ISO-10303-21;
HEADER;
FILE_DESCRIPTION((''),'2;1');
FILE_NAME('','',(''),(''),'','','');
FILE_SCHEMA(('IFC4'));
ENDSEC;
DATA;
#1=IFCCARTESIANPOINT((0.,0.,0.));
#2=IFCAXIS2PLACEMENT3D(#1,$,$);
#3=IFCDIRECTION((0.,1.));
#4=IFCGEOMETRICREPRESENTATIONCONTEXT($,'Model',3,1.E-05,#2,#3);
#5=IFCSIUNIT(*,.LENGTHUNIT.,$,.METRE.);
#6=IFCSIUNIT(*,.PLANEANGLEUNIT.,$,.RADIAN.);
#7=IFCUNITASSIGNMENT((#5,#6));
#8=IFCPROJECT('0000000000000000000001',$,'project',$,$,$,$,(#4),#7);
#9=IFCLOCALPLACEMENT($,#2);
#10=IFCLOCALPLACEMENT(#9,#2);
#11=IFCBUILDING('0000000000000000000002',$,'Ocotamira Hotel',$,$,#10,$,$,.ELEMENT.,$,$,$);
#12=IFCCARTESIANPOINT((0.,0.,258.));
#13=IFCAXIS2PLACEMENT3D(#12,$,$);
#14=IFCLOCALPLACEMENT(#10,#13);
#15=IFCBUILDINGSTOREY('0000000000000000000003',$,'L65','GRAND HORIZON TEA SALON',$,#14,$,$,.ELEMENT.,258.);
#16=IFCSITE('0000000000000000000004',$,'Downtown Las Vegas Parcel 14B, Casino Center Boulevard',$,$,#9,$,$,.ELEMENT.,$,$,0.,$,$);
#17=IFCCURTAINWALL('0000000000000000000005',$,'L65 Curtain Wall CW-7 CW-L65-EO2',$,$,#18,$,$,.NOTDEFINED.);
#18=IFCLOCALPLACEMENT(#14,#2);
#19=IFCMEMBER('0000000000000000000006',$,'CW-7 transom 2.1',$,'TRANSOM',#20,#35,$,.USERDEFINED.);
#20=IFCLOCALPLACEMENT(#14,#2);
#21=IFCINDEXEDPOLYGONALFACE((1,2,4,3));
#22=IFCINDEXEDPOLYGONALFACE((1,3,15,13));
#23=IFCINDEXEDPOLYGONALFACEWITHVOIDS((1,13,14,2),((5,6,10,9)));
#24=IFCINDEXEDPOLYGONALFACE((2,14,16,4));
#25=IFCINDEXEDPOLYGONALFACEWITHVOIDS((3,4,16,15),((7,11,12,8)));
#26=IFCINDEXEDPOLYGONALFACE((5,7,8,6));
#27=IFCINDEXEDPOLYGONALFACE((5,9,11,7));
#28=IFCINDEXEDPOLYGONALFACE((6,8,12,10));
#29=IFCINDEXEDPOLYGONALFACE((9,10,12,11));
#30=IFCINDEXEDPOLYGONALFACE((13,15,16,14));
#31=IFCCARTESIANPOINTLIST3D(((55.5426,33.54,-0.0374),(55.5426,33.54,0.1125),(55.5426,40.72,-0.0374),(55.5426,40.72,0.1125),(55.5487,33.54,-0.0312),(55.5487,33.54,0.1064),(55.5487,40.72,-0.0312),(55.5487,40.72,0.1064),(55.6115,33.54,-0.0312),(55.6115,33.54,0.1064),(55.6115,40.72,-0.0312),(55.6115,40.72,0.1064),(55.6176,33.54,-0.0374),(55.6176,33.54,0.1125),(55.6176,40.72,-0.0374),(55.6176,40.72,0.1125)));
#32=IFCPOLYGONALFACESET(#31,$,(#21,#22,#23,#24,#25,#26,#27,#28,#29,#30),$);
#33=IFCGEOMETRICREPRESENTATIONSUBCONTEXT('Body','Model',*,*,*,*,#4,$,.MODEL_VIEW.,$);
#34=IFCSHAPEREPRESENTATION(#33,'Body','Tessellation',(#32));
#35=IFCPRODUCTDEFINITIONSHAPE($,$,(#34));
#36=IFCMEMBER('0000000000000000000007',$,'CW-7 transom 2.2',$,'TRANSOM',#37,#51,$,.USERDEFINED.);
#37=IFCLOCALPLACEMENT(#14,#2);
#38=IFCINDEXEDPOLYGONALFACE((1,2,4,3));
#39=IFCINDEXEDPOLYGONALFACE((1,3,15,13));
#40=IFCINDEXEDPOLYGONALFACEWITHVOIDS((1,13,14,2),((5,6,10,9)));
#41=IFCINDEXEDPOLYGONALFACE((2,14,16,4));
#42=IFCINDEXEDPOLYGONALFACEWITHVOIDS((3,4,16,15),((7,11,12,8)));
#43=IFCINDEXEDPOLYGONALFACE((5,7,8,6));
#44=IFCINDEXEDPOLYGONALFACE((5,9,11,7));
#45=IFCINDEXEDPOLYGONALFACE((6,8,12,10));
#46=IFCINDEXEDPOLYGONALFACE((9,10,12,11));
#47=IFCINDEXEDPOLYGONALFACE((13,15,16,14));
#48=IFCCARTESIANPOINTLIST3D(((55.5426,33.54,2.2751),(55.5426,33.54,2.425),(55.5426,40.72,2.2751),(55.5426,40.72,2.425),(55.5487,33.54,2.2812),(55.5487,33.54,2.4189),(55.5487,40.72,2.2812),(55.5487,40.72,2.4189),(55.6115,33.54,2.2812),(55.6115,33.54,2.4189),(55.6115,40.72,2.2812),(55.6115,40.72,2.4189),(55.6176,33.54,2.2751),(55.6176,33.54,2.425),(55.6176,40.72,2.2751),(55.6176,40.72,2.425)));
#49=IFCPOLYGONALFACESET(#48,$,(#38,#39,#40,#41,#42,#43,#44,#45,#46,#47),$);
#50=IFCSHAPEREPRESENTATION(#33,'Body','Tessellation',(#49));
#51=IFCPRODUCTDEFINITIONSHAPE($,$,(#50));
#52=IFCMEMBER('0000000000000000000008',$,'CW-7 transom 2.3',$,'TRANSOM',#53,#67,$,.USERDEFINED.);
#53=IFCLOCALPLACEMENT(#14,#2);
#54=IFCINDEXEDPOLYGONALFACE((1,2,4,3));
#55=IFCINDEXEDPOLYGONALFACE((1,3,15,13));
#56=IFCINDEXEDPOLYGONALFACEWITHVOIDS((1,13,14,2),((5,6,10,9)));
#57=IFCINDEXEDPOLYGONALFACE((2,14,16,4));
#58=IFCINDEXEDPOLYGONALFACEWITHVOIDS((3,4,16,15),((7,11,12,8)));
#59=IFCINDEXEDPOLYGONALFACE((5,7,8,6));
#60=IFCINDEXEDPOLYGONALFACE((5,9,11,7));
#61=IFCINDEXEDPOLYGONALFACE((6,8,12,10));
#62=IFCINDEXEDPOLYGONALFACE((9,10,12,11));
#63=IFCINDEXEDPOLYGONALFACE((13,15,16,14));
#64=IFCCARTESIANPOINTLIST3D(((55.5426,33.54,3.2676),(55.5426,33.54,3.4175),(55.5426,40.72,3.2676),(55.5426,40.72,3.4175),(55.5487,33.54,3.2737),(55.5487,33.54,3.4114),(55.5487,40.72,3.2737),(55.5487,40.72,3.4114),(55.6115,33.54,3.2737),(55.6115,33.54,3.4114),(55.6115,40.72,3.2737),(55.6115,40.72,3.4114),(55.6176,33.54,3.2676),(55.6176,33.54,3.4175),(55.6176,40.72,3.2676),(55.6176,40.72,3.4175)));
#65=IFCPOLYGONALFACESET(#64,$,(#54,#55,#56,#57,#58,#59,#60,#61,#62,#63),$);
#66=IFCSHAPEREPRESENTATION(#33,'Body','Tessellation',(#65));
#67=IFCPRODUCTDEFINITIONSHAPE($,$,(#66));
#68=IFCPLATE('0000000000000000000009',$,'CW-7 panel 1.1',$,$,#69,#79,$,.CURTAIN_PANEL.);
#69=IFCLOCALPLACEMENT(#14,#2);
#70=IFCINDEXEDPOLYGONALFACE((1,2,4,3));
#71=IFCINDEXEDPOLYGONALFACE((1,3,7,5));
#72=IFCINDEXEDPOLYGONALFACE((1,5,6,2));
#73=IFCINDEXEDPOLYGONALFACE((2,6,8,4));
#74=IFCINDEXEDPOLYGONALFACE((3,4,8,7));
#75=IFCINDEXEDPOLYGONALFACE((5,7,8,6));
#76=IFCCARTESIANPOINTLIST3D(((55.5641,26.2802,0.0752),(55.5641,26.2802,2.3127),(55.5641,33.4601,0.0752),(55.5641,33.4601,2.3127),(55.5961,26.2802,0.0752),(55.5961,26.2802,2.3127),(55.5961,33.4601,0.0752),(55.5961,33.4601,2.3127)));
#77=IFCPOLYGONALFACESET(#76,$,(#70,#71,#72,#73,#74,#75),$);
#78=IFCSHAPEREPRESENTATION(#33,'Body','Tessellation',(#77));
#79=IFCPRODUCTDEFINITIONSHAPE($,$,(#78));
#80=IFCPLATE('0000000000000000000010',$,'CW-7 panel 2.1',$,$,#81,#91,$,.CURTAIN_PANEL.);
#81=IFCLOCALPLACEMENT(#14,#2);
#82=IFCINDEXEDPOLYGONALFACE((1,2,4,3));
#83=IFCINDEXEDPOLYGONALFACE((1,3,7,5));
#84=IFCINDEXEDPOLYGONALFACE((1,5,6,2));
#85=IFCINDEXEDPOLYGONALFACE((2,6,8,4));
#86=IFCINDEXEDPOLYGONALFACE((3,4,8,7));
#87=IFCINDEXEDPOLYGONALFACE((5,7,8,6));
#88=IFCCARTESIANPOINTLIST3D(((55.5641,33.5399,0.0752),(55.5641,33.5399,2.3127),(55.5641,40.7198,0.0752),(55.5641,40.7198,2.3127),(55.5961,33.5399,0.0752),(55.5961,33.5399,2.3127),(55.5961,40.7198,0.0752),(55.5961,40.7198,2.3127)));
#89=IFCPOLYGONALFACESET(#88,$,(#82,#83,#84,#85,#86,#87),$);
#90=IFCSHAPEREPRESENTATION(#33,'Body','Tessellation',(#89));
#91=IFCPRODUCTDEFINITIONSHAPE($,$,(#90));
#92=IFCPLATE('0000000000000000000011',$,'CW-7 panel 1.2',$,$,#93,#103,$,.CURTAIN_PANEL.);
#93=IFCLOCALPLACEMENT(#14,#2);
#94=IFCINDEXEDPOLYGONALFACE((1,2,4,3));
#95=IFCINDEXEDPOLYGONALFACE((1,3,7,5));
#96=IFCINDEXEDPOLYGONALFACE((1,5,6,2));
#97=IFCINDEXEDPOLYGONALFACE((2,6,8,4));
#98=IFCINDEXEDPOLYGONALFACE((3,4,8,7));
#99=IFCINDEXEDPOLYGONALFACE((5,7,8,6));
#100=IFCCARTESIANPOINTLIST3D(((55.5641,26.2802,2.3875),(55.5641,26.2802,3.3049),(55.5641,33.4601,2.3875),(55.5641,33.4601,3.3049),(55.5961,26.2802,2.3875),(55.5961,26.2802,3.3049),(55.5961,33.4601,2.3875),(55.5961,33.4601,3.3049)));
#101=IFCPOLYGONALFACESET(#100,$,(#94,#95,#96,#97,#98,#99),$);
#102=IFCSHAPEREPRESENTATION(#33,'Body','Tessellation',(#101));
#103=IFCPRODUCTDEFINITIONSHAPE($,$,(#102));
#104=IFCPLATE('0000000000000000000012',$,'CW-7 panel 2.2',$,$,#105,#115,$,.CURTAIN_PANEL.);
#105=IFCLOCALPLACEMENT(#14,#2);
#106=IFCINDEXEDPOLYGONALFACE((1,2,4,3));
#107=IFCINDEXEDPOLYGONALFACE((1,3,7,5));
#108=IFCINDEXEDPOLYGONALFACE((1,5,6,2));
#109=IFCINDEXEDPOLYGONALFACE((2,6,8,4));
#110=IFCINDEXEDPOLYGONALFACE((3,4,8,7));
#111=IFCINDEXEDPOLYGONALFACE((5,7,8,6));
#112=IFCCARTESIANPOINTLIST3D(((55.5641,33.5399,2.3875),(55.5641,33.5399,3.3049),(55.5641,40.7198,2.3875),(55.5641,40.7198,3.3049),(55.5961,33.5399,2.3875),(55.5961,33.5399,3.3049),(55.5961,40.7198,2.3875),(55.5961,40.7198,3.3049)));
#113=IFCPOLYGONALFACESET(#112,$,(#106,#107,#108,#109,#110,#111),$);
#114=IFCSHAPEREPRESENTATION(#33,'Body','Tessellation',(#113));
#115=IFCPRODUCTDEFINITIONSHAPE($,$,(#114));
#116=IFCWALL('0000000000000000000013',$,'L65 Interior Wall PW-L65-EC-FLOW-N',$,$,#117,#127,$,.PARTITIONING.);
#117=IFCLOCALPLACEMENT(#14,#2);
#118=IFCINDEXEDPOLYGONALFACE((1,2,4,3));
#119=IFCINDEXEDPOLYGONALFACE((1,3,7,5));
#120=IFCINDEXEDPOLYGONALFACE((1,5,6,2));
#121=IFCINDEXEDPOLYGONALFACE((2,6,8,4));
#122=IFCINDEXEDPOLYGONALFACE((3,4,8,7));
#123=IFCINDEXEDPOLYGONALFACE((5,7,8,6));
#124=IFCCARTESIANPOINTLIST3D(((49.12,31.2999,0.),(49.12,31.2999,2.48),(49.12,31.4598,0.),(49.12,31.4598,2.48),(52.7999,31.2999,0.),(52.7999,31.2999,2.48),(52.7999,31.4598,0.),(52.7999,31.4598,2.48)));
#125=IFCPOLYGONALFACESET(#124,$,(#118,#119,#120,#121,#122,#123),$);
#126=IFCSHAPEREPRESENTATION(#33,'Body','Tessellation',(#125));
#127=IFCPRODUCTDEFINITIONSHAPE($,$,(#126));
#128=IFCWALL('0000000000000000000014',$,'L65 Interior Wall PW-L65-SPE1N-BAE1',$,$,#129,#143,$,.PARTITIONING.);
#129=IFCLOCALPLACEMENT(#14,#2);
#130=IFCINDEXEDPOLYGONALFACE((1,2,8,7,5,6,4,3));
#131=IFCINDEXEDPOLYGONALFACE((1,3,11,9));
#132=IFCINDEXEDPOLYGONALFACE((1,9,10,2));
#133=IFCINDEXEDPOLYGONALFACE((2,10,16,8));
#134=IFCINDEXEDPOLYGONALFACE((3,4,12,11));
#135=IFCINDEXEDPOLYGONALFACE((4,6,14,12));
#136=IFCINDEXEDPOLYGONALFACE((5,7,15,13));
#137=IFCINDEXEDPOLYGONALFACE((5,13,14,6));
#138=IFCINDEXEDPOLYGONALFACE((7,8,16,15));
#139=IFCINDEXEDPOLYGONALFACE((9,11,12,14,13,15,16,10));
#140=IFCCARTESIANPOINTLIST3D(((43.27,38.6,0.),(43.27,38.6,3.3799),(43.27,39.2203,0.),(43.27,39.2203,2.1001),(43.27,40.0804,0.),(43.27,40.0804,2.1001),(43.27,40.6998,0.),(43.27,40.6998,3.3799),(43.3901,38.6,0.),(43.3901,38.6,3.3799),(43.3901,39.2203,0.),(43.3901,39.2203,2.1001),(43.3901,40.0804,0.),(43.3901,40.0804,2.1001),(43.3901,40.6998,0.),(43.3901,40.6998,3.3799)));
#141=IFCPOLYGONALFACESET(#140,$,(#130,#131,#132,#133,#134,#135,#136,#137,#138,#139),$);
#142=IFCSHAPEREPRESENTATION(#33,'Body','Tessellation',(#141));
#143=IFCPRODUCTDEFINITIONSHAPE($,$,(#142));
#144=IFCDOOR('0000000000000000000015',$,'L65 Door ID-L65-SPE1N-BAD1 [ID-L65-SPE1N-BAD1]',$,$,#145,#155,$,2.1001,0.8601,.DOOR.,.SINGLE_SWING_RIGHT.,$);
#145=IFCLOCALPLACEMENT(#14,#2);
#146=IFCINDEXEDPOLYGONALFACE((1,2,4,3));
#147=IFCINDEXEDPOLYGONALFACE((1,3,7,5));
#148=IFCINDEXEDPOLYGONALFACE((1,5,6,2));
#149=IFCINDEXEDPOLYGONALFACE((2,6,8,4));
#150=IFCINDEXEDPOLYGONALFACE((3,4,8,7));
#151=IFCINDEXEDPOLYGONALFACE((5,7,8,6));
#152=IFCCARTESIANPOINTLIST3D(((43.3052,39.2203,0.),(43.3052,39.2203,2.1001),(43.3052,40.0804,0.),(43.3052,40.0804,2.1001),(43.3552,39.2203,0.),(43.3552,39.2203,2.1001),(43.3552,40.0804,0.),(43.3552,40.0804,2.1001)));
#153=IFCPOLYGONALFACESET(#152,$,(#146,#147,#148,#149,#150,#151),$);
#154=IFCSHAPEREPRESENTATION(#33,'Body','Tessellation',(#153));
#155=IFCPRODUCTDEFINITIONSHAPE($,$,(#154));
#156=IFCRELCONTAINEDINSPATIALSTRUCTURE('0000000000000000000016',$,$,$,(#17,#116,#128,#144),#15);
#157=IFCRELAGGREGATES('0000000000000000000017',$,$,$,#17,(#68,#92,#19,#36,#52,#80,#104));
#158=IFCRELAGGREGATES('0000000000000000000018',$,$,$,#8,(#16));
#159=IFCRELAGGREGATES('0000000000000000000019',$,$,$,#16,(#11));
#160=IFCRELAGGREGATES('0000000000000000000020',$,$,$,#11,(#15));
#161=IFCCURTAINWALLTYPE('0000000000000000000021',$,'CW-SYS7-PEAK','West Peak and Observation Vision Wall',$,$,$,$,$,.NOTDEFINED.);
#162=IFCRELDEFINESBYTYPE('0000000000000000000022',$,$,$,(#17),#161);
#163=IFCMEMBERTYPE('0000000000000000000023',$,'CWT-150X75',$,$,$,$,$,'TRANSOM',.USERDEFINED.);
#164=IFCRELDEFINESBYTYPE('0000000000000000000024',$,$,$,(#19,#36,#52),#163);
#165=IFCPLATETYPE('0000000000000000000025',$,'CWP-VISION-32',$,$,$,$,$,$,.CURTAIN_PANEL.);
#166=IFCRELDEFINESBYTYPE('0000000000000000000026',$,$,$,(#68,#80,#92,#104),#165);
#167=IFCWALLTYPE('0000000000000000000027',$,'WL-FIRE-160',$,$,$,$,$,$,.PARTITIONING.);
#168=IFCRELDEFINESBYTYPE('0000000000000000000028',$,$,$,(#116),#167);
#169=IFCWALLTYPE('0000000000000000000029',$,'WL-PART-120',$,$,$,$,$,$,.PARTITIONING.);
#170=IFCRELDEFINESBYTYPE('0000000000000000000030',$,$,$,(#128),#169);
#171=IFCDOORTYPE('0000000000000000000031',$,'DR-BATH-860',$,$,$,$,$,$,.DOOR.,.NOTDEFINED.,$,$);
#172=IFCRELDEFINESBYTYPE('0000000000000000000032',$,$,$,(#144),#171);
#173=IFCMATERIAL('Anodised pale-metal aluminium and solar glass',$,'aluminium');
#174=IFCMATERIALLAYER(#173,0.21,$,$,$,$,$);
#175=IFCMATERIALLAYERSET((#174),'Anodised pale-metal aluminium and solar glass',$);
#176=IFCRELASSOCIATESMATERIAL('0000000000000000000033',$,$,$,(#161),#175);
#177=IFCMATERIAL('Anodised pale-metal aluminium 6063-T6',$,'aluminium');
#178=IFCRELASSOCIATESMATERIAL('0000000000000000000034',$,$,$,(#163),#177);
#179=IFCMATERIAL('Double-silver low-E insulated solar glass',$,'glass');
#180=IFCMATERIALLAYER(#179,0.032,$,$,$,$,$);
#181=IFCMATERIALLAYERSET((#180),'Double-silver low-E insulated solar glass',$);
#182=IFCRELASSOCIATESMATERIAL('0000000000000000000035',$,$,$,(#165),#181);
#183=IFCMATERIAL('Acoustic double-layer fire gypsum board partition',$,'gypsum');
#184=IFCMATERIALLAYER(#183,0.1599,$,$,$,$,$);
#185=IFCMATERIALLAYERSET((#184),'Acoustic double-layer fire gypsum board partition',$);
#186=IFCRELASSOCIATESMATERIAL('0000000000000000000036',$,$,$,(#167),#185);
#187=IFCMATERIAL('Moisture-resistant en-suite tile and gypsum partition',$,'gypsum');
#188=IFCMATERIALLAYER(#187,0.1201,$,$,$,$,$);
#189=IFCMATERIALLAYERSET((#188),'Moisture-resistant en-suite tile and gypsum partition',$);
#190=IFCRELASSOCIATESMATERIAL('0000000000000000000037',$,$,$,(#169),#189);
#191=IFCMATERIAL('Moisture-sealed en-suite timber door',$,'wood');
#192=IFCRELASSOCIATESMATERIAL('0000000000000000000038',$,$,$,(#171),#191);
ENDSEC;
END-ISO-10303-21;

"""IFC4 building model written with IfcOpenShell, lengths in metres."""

from ifc_helpers import new_model, si_unit, direction, frame, frame_2d, origin, origin_2d, place, context, subcontext, project, spatial, rectangle, hollow_rectangle, extrude, source, transform, mapped, material, layer, layer_set, material_profile, profile_set, type_object, element, fill, aggregate, save


model = new_model("IFC4")

# Units and contexts
model_context = context("Model", 3, precision=1e-05, world=origin(), true_north=direction((0.0, 1.0)))
body_context = subcontext(model_context, "Body", "Model", "MODEL_VIEW")
ifc_project = project(units=[si_unit("LENGTHUNIT", "METRE"), si_unit("PLANEANGLEUNIT", "RADIAN")], contexts=[model_context])

# Site, building, storey
site_placement = place(None, origin())
site = spatial("IfcSite", under=ifc_project, at=site_placement, Name="Downtown Las Vegas Parcel 14B, Casino Center Boulevard", CompositionType="ELEMENT", RefElevation=0.0)
building_placement = place(site_placement, origin())
building = spatial("IfcBuilding", under=site, at=building_placement, Name="Ocotamira Hotel", CompositionType="ELEMENT")
storey_placement = place(building_placement, frame((0.0, 0.0, 258.0)))
storey = spatial("IfcBuildingStorey", under=building, at=storey_placement, Name="L65", Description="GRAND HORIZON TEA SALON", CompositionType="ELEMENT", Elevation=258.0)

# Curtain wall, members, plates
ifc_material_1 = material(Name="Anodised pale-metal aluminium and solar glass", Category="aluminium")
ifc_layer_1 = layer(ifc_material_1, 0.21)
ifc_layer_set_1 = layer_set([ifc_layer_1], Name="Anodised pale-metal aluminium and solar glass")
curtain_wall_type = type_object("IfcCurtainWallType", Name="CW-SYS7-PEAK", Description="West Peak and Observation Vision Wall", PredefinedType="NOTDEFINED", material=ifc_layer_set_1)
curtain_wall_placement = place(storey_placement, origin())
curtain_wall = element("IfcCurtainWall", 1, at=curtain_wall_placement, inside=storey, type_object=curtain_wall_type, Name="L65 Curtain Wall CW-7 CW-L65-EO2", PredefinedType="NOTDEFINED")
ifc_material_2 = material(Name="Anodised pale-metal aluminium 6063-T6", Category="aluminium")
ifc_material_profile_1 = material_profile(ifc_material_2, hollow_rectangle(XDim=0.075, YDim=0.1499, WallThickness=0.0061, at=origin_2d()), Name="HSS150X75X6")
ifc_profile_set_1 = profile_set([ifc_material_profile_1], Name="Anodised pale-metal aluminium 6063-T6")
member_type_1 = type_object("IfcMemberType", Name="CWT-150X75", ElementType="TRANSOM", PredefinedType="USERDEFINED", material=ifc_profile_set_1)
shared_shape_1 = source(origin(), body_context, "Body", "SweptSolid", [
    extrude(hollow_rectangle(XDim=0.075, YDim=0.1499, WallThickness=0.0061, at=origin_2d()), origin(), (0.0, 0.0, 1.0), 7.1799),
])
member_1_placement = place(storey_placement, frame((55.5801, 33.54, 0.0376), z_axis=(0.0, 1.0, 0.0), x_axis=(-1.0, 0.0, 0.0)))
member_1 = element("IfcMember", 2, at=member_1_placement, type_object=member_type_1, Name="CW-7 transom 2.1", ObjectType="TRANSOM", PredefinedType="USERDEFINED", context=body_context, shape_type="MappedRepresentation", body=[
    mapped(shared_shape_1, transform((0.0, 0.0, 0.0), scale=1.0)),
])
member_2_placement = place(storey_placement, frame((55.5801, 33.54, 2.3501), z_axis=(0.0, 1.0, 0.0), x_axis=(-1.0, 0.0, 0.0)))
member_2 = element("IfcMember", 3, at=member_2_placement, type_object=member_type_1, Name="CW-7 transom 2.2", ObjectType="TRANSOM", PredefinedType="USERDEFINED", context=body_context, shape_type="MappedRepresentation", body=[
    mapped(shared_shape_1, transform((0.0, 0.0, 0.0), scale=1.0)),
])
member_3_placement = place(storey_placement, frame((55.5801, 33.54, 3.3425), z_axis=(0.0, 1.0, 0.0), x_axis=(-1.0, 0.0, 0.0)))
member_3 = element("IfcMember", 4, at=member_3_placement, type_object=member_type_1, Name="CW-7 transom 2.3", ObjectType="TRANSOM", PredefinedType="USERDEFINED", context=body_context, shape_type="MappedRepresentation", body=[
    mapped(shared_shape_1, transform((0.0, 0.0, 0.0), scale=1.0)),
])
ifc_material_3 = material(Name="Double-silver low-E insulated solar glass", Category="glass")
ifc_layer_2 = layer(ifc_material_3, 0.032)
ifc_layer_set_2 = layer_set([ifc_layer_2], Name="Double-silver low-E insulated solar glass")
plate_type = type_object("IfcPlateType", Name="CWP-VISION-32", PredefinedType="CURTAIN_PANEL", material=ifc_layer_set_2)
shared_shape_2 = source(origin(), body_context, "Body", "SweptSolid", [
    extrude(rectangle(XDim=7.1799, YDim=0.032, at=origin_2d()), origin(), (0.0, 0.0, 1.0), 2.2375),
])
plate_1_placement = place(storey_placement, frame((55.5801, 29.8701, 0.0752), z_axis=(0.0, 0.0, 1.0), x_axis=(0.0, 1.0, 0.0)))
plate_1 = element("IfcPlate", 5, at=plate_1_placement, type_object=plate_type, Name="CW-7 panel 1.1", PredefinedType="CURTAIN_PANEL", context=body_context, shape_type="MappedRepresentation", body=[
    mapped(shared_shape_2, transform((0.0, 0.0, 0.0), scale=1.0)),
])
plate_2_placement = place(storey_placement, frame((55.5801, 37.1299, 0.0752), z_axis=(0.0, 0.0, 1.0), x_axis=(0.0, 1.0, 0.0)))
plate_2 = element("IfcPlate", 6, at=plate_2_placement, type_object=plate_type, Name="CW-7 panel 2.1", PredefinedType="CURTAIN_PANEL", context=body_context, shape_type="MappedRepresentation", body=[
    mapped(shared_shape_2, transform((0.0, 0.0, 0.0), scale=1.0)),
])
shared_shape_3 = source(origin(), body_context, "Body", "SweptSolid", [
    extrude(rectangle(XDim=7.1799, YDim=0.032, at=origin_2d()), origin(), (0.0, 0.0, 1.0), 0.9175),
])
plate_3_placement = place(storey_placement, frame((55.5801, 29.8701, 2.3875), z_axis=(0.0, 0.0, 1.0), x_axis=(0.0, 1.0, 0.0)))
plate_3 = element("IfcPlate", 7, at=plate_3_placement, type_object=plate_type, Name="CW-7 panel 1.2", PredefinedType="CURTAIN_PANEL", context=body_context, shape_type="MappedRepresentation", body=[
    mapped(shared_shape_3, transform((0.0, 0.0, 0.0), scale=1.0)),
])
plate_4_placement = place(storey_placement, frame((55.5801, 37.1299, 2.3875), z_axis=(0.0, 0.0, 1.0), x_axis=(0.0, 1.0, 0.0)))
plate_4 = element("IfcPlate", 8, at=plate_4_placement, type_object=plate_type, Name="CW-7 panel 2.2", PredefinedType="CURTAIN_PANEL", context=body_context, shape_type="MappedRepresentation", body=[
    mapped(shared_shape_3, transform((0.0, 0.0, 0.0), scale=1.0)),
])
aggregate(curtain_wall, [plate_1, plate_3, member_1, member_2, member_3, plate_2, plate_4])

# Wall
ifc_material_4 = material(Name="Acoustic double-layer fire gypsum board partition", Category="gypsum")
ifc_layer_3 = layer(ifc_material_4, 0.1599)
ifc_layer_set_3 = layer_set([ifc_layer_3], Name="Acoustic double-layer fire gypsum board partition")
wall_type_1 = type_object("IfcWallType", Name="WL-FIRE-160", PredefinedType="PARTITIONING", material=ifc_layer_set_3)
wall_1_placement = place(storey_placement, frame((49.1201, 31.3799, 0.0), z_axis=(0.0, 0.0, 1.0), x_axis=(1.0, 0.0, 0.0)))
element("IfcWall", 9, at=wall_1_placement, inside=storey, type_object=wall_type_1, Name="L65 Interior Wall PW-L65-EC-FLOW-N", PredefinedType="PARTITIONING", context=body_context, shape_type="SweptSolid", body=[
    extrude(rectangle(XDim=3.6799, YDim=0.1599, at=frame_2d((1.8398, 0.0))), origin(), (0.0, 0.0, 1.0), 2.48),
])

# Wall, opening, door
ifc_material_5 = material(Name="Moisture-resistant en-suite tile and gypsum partition", Category="gypsum")
ifc_layer_4 = layer(ifc_material_5, 0.1201)
ifc_layer_set_4 = layer_set([ifc_layer_4], Name="Moisture-resistant en-suite tile and gypsum partition")
wall_type_2 = type_object("IfcWallType", Name="WL-PART-120", PredefinedType="PARTITIONING", material=ifc_layer_set_4)
wall_2_placement = place(storey_placement, frame((43.3301, 38.6001, 0.0), z_axis=(0.0, 0.0, 1.0), x_axis=(0.0, 1.0, 0.0)))
wall_2 = element("IfcWall", 10, at=wall_2_placement, inside=storey, type_object=wall_type_2, Name="L65 Interior Wall PW-L65-SPE1N-BAE1", PredefinedType="PARTITIONING", context=body_context, shape_type="SweptSolid", body=[
    extrude(rectangle(XDim=2.0999, YDim=0.1201, at=frame_2d((1.0498, 0.0))), origin(), (0.0, 0.0, 1.0), 3.3799),
])
opening_1_placement = place(wall_2_placement, frame((0.6201, 0.0, 0.0)))
opening_1 = element("IfcOpeningElement", 11, at=opening_1_placement, cuts=wall_2, PredefinedType="OPENING", context=body_context, shape_type="SweptSolid", body=[
    extrude(rectangle(XDim=0.8601, YDim=2.1001, at=frame_2d((0.4302, 1.05))), frame((0.0, 0.0701, 0.0), z_axis=(0.0, -1.0, 0.0), x_axis=(1.0, 0.0, 0.0)), (0.0, 0.0, 1.0), 0.1401),
])
ifc_material_6 = material(Name="Moisture-sealed en-suite timber door", Category="wood")
door_type_1 = type_object("IfcDoorType", Name="DR-BATH-860", OperationType="NOTDEFINED", PredefinedType="DOOR", material=ifc_material_6)
shared_shape_4 = source(origin(), body_context, "Body", "SweptSolid", [
    extrude(rectangle(XDim=0.8601, YDim=2.1001, at=frame_2d((0.4302, 1.05))), frame((0.0, 0.0249, 0.0), z_axis=(0.0, -1.0, 0.0), x_axis=(1.0, 0.0, 0.0)), (0.0, 0.0, 1.0), 0.05),
])
door_1_placement = place(opening_1_placement, origin())
door_1 = element("IfcDoor", 12, at=door_1_placement, inside=storey, type_object=door_type_1, Name="L65 Door ID-L65-SPE1N-BAD1 [ID-L65-SPE1N-BAD1]", OperationType="SINGLE_SWING_RIGHT", OverallHeight=2.1001, OverallWidth=0.8601, PredefinedType="DOOR", context=body_context, shape_type="MappedRepresentation", body=[
    mapped(shared_shape_4, transform((0.0, 0.0, 0.0), scale=1.0)),
])
fill(opening_1, door_1)

save(model, "model.ifc")
